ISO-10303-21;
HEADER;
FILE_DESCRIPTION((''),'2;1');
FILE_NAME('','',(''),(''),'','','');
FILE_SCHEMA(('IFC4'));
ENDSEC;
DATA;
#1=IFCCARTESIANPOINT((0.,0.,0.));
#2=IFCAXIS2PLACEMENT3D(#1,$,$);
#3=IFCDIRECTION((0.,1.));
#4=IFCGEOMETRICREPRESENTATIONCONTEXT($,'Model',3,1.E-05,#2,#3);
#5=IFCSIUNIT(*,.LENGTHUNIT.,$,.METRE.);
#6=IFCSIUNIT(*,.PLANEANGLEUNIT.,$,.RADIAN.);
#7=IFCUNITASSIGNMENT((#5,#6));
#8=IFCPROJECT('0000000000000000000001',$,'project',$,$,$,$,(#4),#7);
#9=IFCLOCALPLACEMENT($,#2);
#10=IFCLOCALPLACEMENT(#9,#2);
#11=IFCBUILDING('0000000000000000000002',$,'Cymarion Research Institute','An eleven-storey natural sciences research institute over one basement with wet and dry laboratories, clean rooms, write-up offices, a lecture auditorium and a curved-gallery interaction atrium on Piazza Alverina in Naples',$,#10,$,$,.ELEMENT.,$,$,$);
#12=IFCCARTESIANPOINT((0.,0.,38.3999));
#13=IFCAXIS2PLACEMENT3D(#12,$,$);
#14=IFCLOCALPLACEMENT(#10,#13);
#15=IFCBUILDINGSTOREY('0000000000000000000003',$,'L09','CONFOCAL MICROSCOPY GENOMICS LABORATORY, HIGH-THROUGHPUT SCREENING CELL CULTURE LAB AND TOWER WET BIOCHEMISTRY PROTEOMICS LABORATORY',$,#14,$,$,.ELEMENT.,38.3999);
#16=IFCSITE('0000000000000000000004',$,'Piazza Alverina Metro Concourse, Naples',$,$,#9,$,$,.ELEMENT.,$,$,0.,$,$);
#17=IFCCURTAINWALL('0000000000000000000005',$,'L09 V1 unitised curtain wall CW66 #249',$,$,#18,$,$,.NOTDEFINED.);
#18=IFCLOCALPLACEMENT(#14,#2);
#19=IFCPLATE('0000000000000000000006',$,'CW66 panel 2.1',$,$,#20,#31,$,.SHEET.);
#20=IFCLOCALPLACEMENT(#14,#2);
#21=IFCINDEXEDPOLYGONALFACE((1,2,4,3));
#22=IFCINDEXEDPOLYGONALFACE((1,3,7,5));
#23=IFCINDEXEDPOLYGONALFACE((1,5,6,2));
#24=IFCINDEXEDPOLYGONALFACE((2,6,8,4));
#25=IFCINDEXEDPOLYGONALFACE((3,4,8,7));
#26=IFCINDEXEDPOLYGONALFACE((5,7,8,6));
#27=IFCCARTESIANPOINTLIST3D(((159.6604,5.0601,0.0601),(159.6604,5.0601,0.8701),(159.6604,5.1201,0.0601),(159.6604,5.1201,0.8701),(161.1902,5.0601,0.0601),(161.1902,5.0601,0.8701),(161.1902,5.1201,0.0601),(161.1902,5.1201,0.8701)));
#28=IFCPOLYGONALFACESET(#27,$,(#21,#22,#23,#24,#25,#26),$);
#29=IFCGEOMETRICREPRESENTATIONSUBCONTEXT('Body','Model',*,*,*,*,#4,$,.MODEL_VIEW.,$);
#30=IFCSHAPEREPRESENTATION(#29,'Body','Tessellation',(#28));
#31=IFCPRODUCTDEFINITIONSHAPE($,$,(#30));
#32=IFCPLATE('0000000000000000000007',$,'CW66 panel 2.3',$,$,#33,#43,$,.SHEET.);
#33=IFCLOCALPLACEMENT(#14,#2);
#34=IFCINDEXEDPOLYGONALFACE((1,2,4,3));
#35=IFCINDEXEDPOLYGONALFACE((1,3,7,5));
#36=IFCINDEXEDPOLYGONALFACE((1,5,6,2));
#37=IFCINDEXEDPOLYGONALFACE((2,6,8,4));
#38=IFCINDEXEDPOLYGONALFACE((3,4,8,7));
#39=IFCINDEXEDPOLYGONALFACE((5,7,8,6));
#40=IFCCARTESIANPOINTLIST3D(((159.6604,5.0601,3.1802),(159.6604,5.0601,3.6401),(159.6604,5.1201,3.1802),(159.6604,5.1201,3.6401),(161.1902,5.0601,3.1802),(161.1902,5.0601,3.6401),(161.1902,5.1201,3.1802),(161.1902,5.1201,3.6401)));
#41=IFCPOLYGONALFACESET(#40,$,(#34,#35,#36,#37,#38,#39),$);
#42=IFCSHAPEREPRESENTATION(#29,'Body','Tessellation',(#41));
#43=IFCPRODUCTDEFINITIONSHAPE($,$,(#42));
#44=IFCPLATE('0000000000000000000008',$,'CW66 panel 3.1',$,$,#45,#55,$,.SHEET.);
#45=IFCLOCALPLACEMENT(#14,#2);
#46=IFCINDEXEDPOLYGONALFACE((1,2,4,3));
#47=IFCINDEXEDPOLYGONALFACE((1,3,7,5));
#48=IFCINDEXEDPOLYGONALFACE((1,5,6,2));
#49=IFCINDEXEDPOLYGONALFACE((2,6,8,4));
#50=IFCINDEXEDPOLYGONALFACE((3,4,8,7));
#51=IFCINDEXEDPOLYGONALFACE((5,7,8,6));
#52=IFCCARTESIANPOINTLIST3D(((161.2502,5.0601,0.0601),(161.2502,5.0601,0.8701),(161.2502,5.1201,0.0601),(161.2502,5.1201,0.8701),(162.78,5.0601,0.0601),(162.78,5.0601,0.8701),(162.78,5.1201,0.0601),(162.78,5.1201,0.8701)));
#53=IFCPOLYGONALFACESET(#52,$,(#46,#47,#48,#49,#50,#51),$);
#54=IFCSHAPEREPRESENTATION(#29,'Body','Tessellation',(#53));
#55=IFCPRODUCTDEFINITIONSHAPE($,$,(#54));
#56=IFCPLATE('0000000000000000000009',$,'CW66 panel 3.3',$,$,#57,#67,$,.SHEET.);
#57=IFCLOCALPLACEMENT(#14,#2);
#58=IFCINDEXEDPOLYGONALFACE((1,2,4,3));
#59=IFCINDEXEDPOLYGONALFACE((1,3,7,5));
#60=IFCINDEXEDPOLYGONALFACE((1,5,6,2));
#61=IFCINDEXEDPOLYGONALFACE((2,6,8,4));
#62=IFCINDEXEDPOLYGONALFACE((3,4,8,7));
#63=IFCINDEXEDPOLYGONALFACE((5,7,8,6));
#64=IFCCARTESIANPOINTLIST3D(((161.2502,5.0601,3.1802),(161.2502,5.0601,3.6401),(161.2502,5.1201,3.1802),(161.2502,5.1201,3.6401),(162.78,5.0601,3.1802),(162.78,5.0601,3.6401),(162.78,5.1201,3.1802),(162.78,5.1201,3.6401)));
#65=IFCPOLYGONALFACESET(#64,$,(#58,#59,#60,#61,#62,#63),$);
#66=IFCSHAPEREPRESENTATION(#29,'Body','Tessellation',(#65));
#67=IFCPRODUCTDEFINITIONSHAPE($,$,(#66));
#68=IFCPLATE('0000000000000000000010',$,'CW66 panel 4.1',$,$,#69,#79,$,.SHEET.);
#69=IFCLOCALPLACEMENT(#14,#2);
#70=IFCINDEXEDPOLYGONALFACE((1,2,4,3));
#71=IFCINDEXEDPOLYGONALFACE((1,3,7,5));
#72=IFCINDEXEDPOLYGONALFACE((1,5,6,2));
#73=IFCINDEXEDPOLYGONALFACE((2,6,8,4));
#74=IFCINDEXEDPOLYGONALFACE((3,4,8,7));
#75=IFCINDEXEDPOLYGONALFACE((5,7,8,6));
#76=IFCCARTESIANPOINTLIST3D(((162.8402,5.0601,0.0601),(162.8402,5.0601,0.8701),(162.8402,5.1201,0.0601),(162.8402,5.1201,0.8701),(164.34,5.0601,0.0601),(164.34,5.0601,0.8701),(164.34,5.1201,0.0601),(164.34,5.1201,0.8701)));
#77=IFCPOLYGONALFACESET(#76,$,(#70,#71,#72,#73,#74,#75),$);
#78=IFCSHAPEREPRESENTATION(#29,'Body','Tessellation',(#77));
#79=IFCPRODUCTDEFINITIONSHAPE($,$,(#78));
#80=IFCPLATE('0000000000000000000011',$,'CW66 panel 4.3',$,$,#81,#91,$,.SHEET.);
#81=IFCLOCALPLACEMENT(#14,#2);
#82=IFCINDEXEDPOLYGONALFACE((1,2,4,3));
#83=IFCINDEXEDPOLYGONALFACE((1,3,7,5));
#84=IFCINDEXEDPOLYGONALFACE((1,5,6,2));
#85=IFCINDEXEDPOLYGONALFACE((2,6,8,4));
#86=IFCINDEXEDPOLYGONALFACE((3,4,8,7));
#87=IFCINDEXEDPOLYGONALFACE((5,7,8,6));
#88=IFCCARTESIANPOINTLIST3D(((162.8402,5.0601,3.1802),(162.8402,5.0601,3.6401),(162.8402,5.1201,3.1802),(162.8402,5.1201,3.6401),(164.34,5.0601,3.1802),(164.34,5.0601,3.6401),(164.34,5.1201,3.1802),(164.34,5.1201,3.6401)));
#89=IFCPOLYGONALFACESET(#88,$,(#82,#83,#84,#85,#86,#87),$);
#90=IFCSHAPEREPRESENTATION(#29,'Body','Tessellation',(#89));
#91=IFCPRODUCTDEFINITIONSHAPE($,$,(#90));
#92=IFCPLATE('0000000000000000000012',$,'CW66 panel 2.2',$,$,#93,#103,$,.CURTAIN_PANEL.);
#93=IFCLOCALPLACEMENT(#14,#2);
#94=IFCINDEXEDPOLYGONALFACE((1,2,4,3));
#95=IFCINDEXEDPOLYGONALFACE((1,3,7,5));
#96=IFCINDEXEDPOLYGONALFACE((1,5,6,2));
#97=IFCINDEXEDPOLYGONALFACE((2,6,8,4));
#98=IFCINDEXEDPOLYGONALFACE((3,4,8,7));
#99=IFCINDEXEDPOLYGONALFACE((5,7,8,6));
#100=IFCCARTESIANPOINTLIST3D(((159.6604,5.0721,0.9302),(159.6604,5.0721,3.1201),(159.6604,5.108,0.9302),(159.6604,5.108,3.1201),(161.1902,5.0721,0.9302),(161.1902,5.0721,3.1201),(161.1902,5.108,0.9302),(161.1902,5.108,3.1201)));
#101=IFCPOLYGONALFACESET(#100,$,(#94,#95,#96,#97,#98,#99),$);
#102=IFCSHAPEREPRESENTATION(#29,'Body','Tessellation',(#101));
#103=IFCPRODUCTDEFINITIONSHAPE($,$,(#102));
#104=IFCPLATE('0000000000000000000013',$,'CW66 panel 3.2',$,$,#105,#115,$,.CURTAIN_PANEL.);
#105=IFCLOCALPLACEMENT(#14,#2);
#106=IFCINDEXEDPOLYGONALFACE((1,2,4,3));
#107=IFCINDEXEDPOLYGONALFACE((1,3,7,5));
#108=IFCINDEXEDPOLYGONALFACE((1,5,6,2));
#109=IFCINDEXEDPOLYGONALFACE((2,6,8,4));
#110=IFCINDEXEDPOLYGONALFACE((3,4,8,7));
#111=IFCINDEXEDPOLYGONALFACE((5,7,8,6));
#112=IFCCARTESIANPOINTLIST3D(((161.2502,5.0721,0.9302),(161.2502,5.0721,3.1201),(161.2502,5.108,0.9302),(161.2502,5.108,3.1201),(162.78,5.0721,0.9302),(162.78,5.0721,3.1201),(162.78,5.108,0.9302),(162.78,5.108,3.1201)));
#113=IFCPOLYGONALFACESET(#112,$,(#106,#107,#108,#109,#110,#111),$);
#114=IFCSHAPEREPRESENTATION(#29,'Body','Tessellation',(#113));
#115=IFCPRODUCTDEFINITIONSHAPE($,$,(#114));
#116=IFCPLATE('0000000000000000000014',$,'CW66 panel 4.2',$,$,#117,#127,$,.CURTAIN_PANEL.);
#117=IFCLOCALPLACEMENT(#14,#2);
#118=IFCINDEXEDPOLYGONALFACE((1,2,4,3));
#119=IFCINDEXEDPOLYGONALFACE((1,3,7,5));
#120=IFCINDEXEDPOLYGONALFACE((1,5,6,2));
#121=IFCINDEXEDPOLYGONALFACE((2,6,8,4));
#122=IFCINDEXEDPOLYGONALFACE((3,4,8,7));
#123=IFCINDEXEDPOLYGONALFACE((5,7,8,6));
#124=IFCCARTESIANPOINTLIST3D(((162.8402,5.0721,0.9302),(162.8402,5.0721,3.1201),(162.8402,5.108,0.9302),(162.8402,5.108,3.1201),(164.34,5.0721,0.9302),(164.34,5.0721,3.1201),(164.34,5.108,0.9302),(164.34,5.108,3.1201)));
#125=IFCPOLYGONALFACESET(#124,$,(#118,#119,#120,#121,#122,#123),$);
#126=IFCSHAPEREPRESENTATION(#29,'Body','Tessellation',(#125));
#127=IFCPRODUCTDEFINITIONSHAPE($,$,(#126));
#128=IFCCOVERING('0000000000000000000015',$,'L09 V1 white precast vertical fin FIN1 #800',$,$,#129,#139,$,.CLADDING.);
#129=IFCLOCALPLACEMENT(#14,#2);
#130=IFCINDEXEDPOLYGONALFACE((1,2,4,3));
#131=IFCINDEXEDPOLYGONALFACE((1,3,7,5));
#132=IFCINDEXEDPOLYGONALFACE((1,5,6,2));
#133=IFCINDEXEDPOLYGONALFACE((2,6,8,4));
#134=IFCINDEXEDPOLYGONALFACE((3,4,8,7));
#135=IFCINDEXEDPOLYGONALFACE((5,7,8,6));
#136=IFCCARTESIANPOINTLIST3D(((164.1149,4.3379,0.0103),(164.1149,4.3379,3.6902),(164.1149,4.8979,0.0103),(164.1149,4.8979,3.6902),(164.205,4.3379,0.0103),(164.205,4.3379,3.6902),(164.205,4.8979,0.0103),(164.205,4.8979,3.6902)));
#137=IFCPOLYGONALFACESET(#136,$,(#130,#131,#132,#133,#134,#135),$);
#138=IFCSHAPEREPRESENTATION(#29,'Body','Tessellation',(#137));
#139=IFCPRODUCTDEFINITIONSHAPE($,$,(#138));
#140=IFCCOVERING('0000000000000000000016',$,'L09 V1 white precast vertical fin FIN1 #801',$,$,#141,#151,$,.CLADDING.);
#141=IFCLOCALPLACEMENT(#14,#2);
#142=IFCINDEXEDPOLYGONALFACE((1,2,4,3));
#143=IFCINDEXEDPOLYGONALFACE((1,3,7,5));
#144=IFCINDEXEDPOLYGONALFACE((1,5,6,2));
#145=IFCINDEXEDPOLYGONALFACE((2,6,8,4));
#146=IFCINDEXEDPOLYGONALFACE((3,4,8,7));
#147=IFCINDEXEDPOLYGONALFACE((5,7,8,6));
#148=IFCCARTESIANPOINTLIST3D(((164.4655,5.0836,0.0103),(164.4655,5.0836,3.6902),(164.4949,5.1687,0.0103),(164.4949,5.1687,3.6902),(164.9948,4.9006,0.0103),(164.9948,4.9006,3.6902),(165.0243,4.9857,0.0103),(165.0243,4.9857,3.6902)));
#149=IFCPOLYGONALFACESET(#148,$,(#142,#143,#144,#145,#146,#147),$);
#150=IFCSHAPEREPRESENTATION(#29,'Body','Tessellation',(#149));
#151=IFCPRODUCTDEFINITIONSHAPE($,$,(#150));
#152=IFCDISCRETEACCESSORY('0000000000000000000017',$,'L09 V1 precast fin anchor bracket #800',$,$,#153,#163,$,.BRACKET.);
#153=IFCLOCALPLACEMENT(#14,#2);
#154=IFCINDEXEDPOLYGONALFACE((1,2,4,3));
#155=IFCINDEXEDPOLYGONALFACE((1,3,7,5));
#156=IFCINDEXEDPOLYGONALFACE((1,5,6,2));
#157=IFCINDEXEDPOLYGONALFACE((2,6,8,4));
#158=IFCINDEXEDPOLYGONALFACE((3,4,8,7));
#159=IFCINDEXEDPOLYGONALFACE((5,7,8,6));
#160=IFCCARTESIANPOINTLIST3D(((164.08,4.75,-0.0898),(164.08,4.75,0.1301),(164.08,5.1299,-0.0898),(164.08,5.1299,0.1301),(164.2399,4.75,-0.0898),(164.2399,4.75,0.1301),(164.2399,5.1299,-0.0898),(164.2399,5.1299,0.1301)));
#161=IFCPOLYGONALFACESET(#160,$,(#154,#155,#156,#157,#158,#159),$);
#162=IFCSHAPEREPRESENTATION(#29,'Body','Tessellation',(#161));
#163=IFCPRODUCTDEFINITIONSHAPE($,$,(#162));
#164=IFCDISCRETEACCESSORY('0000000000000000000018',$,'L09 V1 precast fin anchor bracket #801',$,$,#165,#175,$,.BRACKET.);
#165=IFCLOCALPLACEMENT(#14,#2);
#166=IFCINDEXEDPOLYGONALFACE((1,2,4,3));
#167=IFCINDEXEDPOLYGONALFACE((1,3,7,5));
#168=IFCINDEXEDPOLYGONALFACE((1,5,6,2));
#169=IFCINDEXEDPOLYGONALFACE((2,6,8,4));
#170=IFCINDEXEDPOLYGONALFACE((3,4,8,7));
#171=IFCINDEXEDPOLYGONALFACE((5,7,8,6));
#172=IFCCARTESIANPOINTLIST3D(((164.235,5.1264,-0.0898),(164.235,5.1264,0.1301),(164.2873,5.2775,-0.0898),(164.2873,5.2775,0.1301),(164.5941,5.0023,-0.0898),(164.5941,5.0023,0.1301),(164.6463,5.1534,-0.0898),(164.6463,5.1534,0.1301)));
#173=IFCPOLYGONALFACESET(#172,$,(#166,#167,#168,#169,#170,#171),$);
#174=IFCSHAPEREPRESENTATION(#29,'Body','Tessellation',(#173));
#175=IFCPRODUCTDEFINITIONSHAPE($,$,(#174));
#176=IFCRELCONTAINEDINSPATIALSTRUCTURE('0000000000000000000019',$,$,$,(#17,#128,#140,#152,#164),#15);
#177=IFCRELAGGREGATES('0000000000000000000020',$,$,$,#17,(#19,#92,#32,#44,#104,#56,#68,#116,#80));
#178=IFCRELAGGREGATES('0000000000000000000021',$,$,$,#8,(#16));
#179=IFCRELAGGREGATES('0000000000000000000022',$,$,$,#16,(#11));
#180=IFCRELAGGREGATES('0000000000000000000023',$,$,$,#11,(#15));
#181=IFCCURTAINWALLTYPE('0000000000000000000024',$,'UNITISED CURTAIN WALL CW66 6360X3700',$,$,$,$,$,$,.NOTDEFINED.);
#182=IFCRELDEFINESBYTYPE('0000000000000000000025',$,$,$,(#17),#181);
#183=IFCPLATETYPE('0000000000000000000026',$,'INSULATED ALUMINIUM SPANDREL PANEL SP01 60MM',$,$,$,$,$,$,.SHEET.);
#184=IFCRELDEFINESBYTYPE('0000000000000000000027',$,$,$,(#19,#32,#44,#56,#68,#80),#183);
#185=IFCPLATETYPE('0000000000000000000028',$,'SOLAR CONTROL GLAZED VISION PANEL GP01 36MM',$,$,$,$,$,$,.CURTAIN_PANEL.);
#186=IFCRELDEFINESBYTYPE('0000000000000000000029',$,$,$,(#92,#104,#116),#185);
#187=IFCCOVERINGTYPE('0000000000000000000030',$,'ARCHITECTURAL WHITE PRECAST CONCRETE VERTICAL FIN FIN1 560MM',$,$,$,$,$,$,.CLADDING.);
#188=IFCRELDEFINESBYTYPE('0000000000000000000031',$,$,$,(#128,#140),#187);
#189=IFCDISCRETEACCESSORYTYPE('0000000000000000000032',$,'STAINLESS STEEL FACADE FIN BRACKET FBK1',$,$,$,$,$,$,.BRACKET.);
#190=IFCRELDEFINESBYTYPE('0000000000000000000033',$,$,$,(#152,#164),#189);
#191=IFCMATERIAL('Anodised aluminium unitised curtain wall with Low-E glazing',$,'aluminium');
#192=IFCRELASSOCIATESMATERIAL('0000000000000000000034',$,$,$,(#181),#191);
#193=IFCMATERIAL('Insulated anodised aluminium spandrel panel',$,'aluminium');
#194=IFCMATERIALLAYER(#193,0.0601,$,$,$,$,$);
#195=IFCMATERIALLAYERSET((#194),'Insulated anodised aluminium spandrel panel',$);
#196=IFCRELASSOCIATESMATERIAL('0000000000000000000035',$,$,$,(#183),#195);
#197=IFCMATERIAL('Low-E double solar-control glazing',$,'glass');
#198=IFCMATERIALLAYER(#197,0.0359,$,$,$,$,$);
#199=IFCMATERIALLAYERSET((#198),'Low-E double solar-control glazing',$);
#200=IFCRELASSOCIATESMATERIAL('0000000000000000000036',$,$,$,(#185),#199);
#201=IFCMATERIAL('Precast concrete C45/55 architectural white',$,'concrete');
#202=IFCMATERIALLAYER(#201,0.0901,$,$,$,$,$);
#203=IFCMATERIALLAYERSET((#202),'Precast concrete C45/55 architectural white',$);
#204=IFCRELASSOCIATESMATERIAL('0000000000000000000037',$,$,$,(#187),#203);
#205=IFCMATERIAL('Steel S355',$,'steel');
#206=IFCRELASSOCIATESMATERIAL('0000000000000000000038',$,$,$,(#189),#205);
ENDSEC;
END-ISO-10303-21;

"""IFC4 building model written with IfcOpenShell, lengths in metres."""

from ifc_helpers import new_model, si_unit, direction, frame, origin, origin_2d, place, context, subcontext, project, spatial, rectangle, extrude, material, layer, layer_set, type_object, element, aggregate, save


model = new_model("IFC4")

# Units and contexts
model_context = context("Model", 3, precision=1e-05, world=origin(), true_north=direction((0.0, 1.0)))
body_context = subcontext(model_context, "Body", "Model", "MODEL_VIEW")
ifc_project = project(units=[si_unit("LENGTHUNIT", "METRE"), si_unit("PLANEANGLEUNIT", "RADIAN")], contexts=[model_context])

# Site, building, storey
site_placement = place(None, origin())
site = spatial("IfcSite", under=ifc_project, at=site_placement, Name="Piazza Alverina Metro Concourse, Naples", CompositionType="ELEMENT", RefElevation=0.0)
building_placement = place(site_placement, origin())
building = spatial("IfcBuilding", under=site, at=building_placement, Name="Cymarion Research Institute", Description="An eleven-storey natural sciences research institute over one basement with wet and dry laboratories, clean rooms, write-up offices, a lecture auditorium and a curved-gallery interaction atrium on Piazza Alverina in Naples", CompositionType="ELEMENT")
storey_placement = place(building_placement, frame((0.0, 0.0, 38.3999)))
storey = spatial("IfcBuildingStorey", under=building, at=storey_placement, Name="L09", Description="CONFOCAL MICROSCOPY GENOMICS LABORATORY, HIGH-THROUGHPUT SCREENING CELL CULTURE LAB AND TOWER WET BIOCHEMISTRY PROTEOMICS LABORATORY", CompositionType="ELEMENT", Elevation=38.3999)

# Curtain wall, plates
ifc_material_1 = material(Name="Anodised aluminium unitised curtain wall with Low-E glazing", Category="aluminium")
curtain_wall_type = type_object("IfcCurtainWallType", Name="UNITISED CURTAIN WALL CW66 6360X3700", PredefinedType="NOTDEFINED", material=ifc_material_1)
curtain_wall_placement = place(storey_placement, origin())
curtain_wall = element("IfcCurtainWall", 1, at=curtain_wall_placement, inside=storey, type_object=curtain_wall_type, Name="L09 V1 unitised curtain wall CW66 #249", PredefinedType="NOTDEFINED")
ifc_material_2 = material(Name="Insulated anodised aluminium spandrel panel", Category="aluminium")
ifc_layer_1 = layer(ifc_material_2, 0.0601)
ifc_layer_set_1 = layer_set([ifc_layer_1], Name="Insulated anodised aluminium spandrel panel")
plate_type_1 = type_object("IfcPlateType", Name="INSULATED ALUMINIUM SPANDREL PANEL SP01 60MM", PredefinedType="SHEET", material=ifc_layer_set_1)
plate_1_placement = place(storey_placement, frame((160.4253, 5.0901, 0.0601), z_axis=(0.0, 0.0, 1.0), x_axis=(1.0, 0.0, 0.0)))
plate_1 = element("IfcPlate", 2, at=plate_1_placement, type_object=plate_type_1, Name="CW66 panel 2.1", PredefinedType="SHEET", context=body_context, shape_type="SweptSolid", body=[
    extrude(rectangle(XDim=1.5298, YDim=0.0601, at=origin_2d()), origin(), (0.0, 0.0, 1.0), 0.8101),
])
plate_2_placement = place(storey_placement, frame((160.4253, 5.0901, 3.1802), z_axis=(0.0, 0.0, 1.0), x_axis=(1.0, 0.0, 0.0)))
plate_2 = element("IfcPlate", 3, at=plate_2_placement, type_object=plate_type_1, Name="CW66 panel 2.3", PredefinedType="SHEET", context=body_context, shape_type="SweptSolid", body=[
    extrude(rectangle(XDim=1.5298, YDim=0.0601, at=origin_2d()), origin(), (0.0, 0.0, 1.0), 0.46),
])
plate_3_placement = place(storey_placement, frame((162.0151, 5.0901, 0.0601), z_axis=(0.0, 0.0, 1.0), x_axis=(1.0, 0.0, 0.0)))
plate_3 = element("IfcPlate", 4, at=plate_3_placement, type_object=plate_type_1, Name="CW66 panel 3.1", PredefinedType="SHEET", context=body_context, shape_type="SweptSolid", body=[
    extrude(rectangle(XDim=1.5298, YDim=0.0601, at=origin_2d()), origin(), (0.0, 0.0, 1.0), 0.8101),
])
plate_4_placement = place(storey_placement, frame((162.0151, 5.0901, 3.1802), z_axis=(0.0, 0.0, 1.0), x_axis=(1.0, 0.0, 0.0)))
plate_4 = element("IfcPlate", 5, at=plate_4_placement, type_object=plate_type_1, Name="CW66 panel 3.3", PredefinedType="SHEET", context=body_context, shape_type="SweptSolid", body=[
    extrude(rectangle(XDim=1.5298, YDim=0.0601, at=origin_2d()), origin(), (0.0, 0.0, 1.0), 0.46),
])
plate_5_placement = place(storey_placement, frame((163.5901, 5.0901, 0.0601), z_axis=(0.0, 0.0, 1.0), x_axis=(1.0, 0.0, 0.0)))
plate_5 = element("IfcPlate", 6, at=plate_5_placement, type_object=plate_type_1, Name="CW66 panel 4.1", PredefinedType="SHEET", context=body_context, shape_type="SweptSolid", body=[
    extrude(rectangle(XDim=1.4998, YDim=0.0601, at=origin_2d()), origin(), (0.0, 0.0, 1.0), 0.8101),
])
plate_6_placement = place(storey_placement, frame((163.5901, 5.0901, 3.1802), z_axis=(0.0, 0.0, 1.0), x_axis=(1.0, 0.0, 0.0)))
plate_6 = element("IfcPlate", 7, at=plate_6_placement, type_object=plate_type_1, Name="CW66 panel 4.3", PredefinedType="SHEET", context=body_context, shape_type="SweptSolid", body=[
    extrude(rectangle(XDim=1.4998, YDim=0.0601, at=origin_2d()), origin(), (0.0, 0.0, 1.0), 0.46),
])
ifc_material_3 = material(Name="Low-E double solar-control glazing", Category="glass")
ifc_layer_2 = layer(ifc_material_3, 0.0359)
ifc_layer_set_2 = layer_set([ifc_layer_2], Name="Low-E double solar-control glazing")
plate_type_2 = type_object("IfcPlateType", Name="SOLAR CONTROL GLAZED VISION PANEL GP01 36MM", PredefinedType="CURTAIN_PANEL", material=ifc_layer_set_2)
plate_7_placement = place(storey_placement, frame((160.4253, 5.0901, 0.9302), z_axis=(0.0, 0.0, 1.0), x_axis=(1.0, 0.0, 0.0)))
plate_7 = element("IfcPlate", 8, at=plate_7_placement, type_object=plate_type_2, Name="CW66 panel 2.2", PredefinedType="CURTAIN_PANEL", context=body_context, shape_type="SweptSolid", body=[
    extrude(rectangle(XDim=1.5298, YDim=0.0359, at=origin_2d()), origin(), (0.0, 0.0, 1.0), 2.1899),
])
plate_8_placement = place(storey_placement, frame((162.0151, 5.0901, 0.9302), z_axis=(0.0, 0.0, 1.0), x_axis=(1.0, 0.0, 0.0)))
plate_8 = element("IfcPlate", 9, at=plate_8_placement, type_object=plate_type_2, Name="CW66 panel 3.2", PredefinedType="CURTAIN_PANEL", context=body_context, shape_type="SweptSolid", body=[
    extrude(rectangle(XDim=1.5298, YDim=0.0359, at=origin_2d()), origin(), (0.0, 0.0, 1.0), 2.1899),
])
plate_9_placement = place(storey_placement, frame((163.5901, 5.0901, 0.9302), z_axis=(0.0, 0.0, 1.0), x_axis=(1.0, 0.0, 0.0)))
plate_9 = element("IfcPlate", 10, at=plate_9_placement, type_object=plate_type_2, Name="CW66 panel 4.2", PredefinedType="CURTAIN_PANEL", context=body_context, shape_type="SweptSolid", body=[
    extrude(rectangle(XDim=1.4998, YDim=0.0359, at=origin_2d()), origin(), (0.0, 0.0, 1.0), 2.1899),
])
aggregate(curtain_wall, [plate_1, plate_7, plate_2, plate_3, plate_8, plate_4, plate_5, plate_9, plate_6])

# Coverings
ifc_material_4 = material(Name="Precast concrete C45/55 architectural white", Category="concrete")
ifc_layer_3 = layer(ifc_material_4, 0.0901)
ifc_layer_set_3 = layer_set([ifc_layer_3], Name="Precast concrete C45/55 architectural white")
covering_type = type_object("IfcCoveringType", Name="ARCHITECTURAL WHITE PRECAST CONCRETE VERTICAL FIN FIN1 560MM", PredefinedType="CLADDING", material=ifc_layer_set_3)
for number, where, z_axis, x_axis, name in (
    (11, (164.1599, 4.6179, 0.0103), (0.0, 0.0, 1.0), (0.0, -1.0, 0.0), "L09 V1 white precast vertical fin FIN1 #800"),
    (12, (164.7449, 5.0347, 0.0103), (0.0, 0.0, 1.0), (0.94512, -0.326723, 0.0), "L09 V1 white precast vertical fin FIN1 #801"),
):
    element("IfcCovering", number, at=place(storey_placement, frame(where, z_axis=z_axis, x_axis=x_axis)), inside=storey, type_object=covering_type, Name=name, PredefinedType="CLADDING", context=body_context, shape_type="SweptSolid", body=[
        extrude(rectangle(XDim=0.5601, YDim=0.0901, at=origin_2d()), origin(), (0.0, 0.0, 1.0), 3.6799),
    ])

# Discrete accessories
ifc_material_5 = material(Name="Steel S355", Category="steel")
discrete_accessory_type = type_object("IfcDiscreteAccessoryType", Name="STAINLESS STEEL FACADE FIN BRACKET FBK1", PredefinedType="BRACKET", material=ifc_material_5)
for number, where, z_axis, x_axis, name in (
    (13, (164.1599, 4.9399, -0.0898), (0.0, 0.0, 1.0), (0.0, -1.0, 0.0), "L09 V1 precast fin anchor bracket #800"),
    (14, (164.4407, 5.1399, -0.0898), (0.0, 0.0, 1.0), (0.94512, -0.326723, 0.0), "L09 V1 precast fin anchor bracket #801"),
):
    element("IfcDiscreteAccessory", number, at=place(storey_placement, frame(where, z_axis=z_axis, x_axis=x_axis)), inside=storey, type_object=discrete_accessory_type, Name=name, PredefinedType="BRACKET", context=body_context, shape_type="SweptSolid", body=[
        extrude(rectangle(XDim=0.3799, YDim=0.1599, at=origin_2d()), origin(), (0.0, 0.0, 1.0), 0.22),
    ])

save(model, "model.ifc")
